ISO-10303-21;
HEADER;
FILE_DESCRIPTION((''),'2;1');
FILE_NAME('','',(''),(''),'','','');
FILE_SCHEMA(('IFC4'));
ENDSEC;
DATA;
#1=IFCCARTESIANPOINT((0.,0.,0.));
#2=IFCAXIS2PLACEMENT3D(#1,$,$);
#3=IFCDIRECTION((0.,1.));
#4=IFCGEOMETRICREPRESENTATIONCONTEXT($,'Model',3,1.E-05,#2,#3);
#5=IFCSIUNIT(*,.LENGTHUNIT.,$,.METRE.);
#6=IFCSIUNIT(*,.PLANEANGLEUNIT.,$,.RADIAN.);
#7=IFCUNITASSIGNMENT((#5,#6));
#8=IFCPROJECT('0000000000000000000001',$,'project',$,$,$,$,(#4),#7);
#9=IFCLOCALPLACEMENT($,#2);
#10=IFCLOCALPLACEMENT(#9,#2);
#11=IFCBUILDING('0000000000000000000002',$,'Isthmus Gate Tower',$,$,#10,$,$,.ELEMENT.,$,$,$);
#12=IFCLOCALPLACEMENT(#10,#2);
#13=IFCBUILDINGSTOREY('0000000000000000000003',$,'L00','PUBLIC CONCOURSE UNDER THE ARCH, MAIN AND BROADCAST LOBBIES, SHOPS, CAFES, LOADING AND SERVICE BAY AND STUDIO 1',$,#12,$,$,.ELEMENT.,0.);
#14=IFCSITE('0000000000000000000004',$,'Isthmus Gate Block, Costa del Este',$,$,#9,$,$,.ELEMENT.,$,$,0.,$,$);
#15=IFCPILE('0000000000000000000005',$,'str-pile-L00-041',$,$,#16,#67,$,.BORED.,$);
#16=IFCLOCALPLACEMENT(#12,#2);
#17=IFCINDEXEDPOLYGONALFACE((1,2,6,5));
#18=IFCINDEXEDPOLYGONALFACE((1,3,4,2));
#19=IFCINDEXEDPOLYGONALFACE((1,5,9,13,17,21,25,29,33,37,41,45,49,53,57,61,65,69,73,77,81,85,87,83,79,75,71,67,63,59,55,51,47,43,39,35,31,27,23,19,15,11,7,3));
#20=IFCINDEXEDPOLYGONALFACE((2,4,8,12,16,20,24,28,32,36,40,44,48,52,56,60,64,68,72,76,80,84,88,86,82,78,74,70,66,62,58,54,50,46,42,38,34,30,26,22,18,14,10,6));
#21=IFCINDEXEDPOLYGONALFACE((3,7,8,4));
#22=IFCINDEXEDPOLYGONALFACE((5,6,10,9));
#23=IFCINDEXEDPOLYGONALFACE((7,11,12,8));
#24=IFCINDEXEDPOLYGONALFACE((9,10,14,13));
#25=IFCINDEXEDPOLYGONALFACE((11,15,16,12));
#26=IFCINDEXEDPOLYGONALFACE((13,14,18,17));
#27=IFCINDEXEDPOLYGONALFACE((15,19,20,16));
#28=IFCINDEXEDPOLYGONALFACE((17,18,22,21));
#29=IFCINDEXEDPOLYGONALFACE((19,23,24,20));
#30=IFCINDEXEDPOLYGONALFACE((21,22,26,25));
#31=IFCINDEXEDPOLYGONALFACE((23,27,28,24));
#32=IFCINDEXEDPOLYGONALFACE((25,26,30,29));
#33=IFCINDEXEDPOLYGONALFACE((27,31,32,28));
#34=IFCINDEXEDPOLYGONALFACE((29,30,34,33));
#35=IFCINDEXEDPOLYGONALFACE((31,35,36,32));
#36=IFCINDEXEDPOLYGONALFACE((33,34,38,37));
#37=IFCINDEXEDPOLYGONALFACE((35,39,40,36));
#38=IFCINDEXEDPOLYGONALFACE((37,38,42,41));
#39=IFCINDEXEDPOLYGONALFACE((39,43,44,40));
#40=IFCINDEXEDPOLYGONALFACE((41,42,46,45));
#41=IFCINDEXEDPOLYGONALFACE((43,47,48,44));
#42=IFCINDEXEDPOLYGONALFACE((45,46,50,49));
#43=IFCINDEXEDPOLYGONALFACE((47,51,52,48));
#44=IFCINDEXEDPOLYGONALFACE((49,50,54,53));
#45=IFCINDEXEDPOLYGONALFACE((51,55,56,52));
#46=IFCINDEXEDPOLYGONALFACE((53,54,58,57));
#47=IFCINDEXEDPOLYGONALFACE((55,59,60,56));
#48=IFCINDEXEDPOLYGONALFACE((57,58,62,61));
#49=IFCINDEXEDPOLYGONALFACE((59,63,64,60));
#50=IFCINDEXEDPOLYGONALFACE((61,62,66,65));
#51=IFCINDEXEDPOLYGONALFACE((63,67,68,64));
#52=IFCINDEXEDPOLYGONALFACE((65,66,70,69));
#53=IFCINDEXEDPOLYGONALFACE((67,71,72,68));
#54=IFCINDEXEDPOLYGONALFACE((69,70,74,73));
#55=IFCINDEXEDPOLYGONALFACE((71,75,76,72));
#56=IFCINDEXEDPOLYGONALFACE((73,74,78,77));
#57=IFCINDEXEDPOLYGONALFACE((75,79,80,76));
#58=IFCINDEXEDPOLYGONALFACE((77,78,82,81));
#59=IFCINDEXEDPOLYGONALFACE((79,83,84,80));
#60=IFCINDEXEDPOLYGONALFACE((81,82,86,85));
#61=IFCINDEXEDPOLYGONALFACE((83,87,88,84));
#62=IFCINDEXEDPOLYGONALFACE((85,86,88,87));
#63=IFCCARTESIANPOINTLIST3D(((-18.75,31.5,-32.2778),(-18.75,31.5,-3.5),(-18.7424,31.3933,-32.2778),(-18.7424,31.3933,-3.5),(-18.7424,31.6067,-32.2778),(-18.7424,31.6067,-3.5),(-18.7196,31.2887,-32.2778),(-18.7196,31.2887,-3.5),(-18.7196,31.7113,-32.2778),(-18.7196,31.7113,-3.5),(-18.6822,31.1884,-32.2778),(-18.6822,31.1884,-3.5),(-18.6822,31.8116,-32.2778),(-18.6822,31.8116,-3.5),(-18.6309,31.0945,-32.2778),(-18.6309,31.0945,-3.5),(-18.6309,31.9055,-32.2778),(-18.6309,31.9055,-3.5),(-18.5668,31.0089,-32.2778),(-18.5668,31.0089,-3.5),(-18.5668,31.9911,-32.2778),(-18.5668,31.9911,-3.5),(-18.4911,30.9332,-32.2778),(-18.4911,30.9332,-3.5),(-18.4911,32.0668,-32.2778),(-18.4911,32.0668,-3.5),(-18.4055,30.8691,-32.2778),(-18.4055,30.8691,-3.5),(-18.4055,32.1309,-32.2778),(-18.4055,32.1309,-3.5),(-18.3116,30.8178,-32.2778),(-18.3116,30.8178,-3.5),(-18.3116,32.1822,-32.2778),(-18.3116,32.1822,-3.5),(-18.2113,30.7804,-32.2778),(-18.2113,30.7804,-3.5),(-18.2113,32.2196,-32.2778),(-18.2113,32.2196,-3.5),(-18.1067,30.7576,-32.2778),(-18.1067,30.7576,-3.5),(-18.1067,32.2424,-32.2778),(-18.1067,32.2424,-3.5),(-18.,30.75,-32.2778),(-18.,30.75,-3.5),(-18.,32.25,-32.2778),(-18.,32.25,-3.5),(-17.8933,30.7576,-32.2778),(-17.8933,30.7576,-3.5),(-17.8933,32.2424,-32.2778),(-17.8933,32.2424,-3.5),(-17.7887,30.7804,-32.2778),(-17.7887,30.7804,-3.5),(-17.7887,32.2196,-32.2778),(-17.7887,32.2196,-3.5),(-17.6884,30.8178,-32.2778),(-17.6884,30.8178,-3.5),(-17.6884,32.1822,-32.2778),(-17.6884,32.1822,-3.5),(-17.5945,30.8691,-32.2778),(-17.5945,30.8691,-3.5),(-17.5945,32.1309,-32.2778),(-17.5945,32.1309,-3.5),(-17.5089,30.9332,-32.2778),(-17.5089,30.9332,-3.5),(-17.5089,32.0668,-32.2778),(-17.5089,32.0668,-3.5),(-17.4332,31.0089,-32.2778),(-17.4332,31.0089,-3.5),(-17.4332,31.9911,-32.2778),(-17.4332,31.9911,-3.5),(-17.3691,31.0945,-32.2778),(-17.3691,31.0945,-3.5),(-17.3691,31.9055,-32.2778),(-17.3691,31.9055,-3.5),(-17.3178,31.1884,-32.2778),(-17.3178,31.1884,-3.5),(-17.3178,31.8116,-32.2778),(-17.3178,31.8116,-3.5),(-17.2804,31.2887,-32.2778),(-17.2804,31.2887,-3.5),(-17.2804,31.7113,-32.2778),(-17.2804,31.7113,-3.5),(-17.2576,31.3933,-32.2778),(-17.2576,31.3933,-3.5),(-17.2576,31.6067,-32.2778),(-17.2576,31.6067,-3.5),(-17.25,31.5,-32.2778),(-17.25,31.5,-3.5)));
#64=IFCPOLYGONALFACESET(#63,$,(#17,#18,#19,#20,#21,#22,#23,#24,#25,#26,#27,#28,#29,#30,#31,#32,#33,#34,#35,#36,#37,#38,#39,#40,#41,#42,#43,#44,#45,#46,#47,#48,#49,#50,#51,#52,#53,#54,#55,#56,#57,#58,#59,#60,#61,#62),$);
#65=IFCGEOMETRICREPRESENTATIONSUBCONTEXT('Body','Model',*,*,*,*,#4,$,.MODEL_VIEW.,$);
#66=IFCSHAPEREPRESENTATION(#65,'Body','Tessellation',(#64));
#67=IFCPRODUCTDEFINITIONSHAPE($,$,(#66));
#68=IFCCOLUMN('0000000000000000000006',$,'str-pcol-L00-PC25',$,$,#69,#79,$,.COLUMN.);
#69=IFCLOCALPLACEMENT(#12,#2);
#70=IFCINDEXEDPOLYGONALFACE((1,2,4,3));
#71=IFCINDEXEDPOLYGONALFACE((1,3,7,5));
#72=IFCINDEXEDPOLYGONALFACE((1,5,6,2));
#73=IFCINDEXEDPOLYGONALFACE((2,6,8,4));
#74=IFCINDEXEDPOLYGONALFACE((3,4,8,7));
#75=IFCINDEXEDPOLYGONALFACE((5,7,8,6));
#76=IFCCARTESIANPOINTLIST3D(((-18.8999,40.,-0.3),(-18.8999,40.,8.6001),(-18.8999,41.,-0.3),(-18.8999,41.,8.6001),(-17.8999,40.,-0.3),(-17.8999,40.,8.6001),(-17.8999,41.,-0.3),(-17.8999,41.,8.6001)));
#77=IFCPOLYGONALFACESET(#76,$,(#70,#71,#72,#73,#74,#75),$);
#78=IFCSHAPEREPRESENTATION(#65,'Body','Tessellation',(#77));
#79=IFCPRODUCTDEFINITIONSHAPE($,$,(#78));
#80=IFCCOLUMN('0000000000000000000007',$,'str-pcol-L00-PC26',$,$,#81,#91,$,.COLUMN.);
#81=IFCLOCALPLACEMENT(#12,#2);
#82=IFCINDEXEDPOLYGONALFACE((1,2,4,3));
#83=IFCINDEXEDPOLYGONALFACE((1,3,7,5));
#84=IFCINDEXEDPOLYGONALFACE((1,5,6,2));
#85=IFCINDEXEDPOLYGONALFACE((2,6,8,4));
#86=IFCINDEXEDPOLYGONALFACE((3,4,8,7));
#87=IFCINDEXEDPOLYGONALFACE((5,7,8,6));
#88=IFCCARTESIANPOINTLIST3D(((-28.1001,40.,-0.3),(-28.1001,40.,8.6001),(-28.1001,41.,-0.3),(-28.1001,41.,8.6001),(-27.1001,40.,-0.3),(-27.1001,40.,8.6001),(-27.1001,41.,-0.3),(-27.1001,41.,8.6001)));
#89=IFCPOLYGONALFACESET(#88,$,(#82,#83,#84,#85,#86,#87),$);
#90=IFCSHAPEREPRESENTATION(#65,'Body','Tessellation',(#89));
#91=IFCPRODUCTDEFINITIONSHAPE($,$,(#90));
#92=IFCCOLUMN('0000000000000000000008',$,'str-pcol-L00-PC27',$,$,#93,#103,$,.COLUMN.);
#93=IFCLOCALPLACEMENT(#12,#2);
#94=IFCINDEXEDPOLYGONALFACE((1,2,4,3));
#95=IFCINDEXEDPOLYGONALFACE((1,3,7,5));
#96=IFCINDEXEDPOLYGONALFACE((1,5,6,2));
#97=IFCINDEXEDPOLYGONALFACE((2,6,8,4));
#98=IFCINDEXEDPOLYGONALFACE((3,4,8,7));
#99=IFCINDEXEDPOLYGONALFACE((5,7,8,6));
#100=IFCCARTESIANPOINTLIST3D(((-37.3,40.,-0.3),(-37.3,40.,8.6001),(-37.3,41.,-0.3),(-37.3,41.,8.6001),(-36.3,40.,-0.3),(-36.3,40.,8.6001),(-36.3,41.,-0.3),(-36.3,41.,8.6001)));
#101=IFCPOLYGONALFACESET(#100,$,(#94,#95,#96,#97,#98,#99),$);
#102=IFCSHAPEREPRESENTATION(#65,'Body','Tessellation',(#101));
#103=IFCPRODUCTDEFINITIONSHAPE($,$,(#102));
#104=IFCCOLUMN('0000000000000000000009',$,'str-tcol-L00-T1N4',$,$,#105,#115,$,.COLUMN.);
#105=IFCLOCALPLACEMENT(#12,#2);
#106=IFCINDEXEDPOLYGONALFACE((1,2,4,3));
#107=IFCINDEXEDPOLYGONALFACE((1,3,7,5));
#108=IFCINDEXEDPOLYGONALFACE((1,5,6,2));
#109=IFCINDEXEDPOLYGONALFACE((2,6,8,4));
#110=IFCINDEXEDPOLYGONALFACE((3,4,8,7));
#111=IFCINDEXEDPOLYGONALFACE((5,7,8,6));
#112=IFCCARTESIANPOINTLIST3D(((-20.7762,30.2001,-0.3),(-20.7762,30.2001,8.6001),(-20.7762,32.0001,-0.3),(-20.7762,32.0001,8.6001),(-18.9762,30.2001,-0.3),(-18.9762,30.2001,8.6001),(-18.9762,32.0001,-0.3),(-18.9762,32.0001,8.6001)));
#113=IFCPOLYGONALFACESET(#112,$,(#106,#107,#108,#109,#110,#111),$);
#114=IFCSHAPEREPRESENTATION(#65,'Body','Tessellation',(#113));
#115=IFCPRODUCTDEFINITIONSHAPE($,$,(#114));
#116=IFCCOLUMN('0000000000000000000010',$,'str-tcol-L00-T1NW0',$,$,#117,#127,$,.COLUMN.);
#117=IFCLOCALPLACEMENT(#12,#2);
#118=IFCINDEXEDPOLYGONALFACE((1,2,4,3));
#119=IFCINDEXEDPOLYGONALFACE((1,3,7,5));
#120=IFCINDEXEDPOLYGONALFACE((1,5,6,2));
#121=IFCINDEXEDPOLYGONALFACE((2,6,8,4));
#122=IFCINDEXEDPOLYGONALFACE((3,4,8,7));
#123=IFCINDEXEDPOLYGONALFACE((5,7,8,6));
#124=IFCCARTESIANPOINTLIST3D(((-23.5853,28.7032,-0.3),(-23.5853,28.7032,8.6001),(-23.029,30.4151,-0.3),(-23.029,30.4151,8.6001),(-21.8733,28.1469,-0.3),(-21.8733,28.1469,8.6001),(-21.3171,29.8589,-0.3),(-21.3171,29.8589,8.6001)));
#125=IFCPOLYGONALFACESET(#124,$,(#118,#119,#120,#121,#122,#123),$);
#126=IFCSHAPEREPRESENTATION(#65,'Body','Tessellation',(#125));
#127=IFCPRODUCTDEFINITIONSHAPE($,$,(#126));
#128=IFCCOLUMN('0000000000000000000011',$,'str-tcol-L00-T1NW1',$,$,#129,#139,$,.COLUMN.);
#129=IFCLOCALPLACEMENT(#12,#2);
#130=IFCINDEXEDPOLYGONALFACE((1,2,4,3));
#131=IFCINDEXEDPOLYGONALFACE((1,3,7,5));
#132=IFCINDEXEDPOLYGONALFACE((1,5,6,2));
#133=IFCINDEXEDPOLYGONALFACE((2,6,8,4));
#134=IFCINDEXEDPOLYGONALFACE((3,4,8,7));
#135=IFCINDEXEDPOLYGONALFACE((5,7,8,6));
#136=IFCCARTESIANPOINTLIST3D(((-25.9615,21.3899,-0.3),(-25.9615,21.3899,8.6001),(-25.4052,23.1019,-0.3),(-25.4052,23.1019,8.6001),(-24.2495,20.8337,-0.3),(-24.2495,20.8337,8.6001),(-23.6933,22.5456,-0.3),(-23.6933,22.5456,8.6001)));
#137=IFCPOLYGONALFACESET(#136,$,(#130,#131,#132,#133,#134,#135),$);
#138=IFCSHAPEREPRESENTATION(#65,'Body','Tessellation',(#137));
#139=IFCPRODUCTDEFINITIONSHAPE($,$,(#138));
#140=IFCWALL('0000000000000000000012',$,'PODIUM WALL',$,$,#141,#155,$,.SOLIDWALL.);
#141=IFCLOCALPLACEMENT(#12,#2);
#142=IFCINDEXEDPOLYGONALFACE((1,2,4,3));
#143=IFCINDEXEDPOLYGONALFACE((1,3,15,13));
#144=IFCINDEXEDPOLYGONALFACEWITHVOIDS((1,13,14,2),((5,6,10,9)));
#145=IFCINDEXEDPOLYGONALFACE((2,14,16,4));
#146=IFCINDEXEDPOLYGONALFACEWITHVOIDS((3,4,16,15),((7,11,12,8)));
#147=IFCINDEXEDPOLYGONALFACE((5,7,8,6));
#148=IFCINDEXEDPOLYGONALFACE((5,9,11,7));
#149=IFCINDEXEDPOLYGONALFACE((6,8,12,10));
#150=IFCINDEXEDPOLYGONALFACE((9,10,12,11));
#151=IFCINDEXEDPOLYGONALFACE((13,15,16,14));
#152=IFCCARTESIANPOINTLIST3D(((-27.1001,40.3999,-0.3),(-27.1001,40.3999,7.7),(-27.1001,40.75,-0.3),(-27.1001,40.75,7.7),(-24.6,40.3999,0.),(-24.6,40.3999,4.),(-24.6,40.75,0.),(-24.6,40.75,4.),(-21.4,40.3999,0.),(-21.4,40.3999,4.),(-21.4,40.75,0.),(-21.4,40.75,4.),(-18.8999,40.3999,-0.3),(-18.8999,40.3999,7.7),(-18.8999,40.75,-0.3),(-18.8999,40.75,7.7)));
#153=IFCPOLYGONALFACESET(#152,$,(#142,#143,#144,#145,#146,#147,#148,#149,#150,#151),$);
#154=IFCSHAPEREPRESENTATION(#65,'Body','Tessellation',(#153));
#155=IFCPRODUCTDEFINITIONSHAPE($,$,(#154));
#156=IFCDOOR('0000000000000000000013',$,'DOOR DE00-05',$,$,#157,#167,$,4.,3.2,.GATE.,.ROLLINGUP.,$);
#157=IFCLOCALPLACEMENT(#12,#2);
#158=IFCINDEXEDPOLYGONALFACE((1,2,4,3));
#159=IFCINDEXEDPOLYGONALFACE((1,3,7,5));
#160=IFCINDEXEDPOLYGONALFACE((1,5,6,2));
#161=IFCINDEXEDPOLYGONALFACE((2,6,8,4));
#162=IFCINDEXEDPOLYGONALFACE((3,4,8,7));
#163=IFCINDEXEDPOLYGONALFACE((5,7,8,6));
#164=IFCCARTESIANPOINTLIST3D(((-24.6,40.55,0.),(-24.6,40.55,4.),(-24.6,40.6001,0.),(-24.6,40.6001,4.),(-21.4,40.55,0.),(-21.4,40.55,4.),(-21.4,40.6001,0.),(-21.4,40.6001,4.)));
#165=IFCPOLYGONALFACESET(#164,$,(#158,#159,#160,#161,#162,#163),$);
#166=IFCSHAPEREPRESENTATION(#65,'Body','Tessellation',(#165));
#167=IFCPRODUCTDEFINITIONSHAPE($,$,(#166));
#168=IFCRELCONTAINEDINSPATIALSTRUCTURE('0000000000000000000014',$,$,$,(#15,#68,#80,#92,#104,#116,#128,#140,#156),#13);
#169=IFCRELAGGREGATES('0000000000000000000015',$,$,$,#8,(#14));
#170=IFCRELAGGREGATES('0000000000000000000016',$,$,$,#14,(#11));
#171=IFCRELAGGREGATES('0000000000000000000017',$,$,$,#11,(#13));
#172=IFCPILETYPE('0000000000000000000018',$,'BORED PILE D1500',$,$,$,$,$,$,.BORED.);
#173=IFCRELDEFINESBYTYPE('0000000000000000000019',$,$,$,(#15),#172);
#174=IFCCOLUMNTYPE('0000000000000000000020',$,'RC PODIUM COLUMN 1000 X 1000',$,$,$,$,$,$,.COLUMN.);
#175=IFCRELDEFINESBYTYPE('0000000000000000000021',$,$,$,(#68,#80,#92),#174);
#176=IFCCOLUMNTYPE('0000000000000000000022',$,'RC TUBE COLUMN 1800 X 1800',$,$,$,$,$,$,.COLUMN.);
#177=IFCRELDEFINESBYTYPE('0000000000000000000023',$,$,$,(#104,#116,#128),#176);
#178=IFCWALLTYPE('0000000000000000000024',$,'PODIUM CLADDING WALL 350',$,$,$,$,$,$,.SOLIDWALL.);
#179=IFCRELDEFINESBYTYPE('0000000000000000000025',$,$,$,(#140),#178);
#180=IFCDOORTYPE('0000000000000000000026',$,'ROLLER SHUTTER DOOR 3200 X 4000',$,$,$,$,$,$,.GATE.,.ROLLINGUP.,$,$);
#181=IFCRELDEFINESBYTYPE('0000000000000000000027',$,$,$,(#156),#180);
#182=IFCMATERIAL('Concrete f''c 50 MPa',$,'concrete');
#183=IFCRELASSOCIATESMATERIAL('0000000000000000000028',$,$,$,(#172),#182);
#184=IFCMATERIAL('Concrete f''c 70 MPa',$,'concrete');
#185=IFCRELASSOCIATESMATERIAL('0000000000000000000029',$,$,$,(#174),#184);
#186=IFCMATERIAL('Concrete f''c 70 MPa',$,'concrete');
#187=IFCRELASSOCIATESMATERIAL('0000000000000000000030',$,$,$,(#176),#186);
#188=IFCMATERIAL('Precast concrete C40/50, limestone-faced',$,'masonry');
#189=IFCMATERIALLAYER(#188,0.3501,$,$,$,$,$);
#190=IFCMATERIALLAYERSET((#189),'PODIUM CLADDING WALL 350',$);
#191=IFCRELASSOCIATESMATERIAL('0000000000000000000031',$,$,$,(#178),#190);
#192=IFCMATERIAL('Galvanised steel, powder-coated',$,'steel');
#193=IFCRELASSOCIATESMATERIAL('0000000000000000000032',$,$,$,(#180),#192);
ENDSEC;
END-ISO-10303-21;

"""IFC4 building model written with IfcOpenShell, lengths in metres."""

from ifc_helpers import new_model, si_unit, direction, frame, frame_2d, origin, origin_2d, place, context, subcontext, project, spatial, rectangle, circle, extrude, material, layer, layer_set, material_profile, profile_set, type_object, element, fill, save


model = new_model("IFC4")

# Units and contexts
model_context = context("Model", 3, precision=1e-05, world=origin(), true_north=direction((0.0, 1.0)))
body_context = subcontext(model_context, "Body", "Model", "MODEL_VIEW")
ifc_project = project(units=[si_unit("LENGTHUNIT", "METRE"), si_unit("PLANEANGLEUNIT", "RADIAN")], contexts=[model_context])

# Site, building, storey
site_placement = place(None, origin())
site = spatial("IfcSite", under=ifc_project, at=site_placement, Name="Isthmus Gate Block, Costa del Este", CompositionType="ELEMENT", RefElevation=0.0)
building_placement = place(site_placement, origin())
building = spatial("IfcBuilding", under=site, at=building_placement, Name="Isthmus Gate Tower", CompositionType="ELEMENT")
storey_placement = place(building_placement, origin())
storey = spatial("IfcBuildingStorey", under=building, at=storey_placement, Name="L00", Description="PUBLIC CONCOURSE UNDER THE ARCH, MAIN AND BROADCAST LOBBIES, SHOPS, CAFES, LOADING AND SERVICE BAY AND STUDIO 1", CompositionType="ELEMENT", Elevation=0.0)

# Pile
ifc_material_1 = material(Name="Concrete f'c 50 MPa", Category="concrete")
ifc_material_profile_1 = material_profile(ifc_material_1, circle(Radius=0.75, at=origin_2d()), Name="D1500")
ifc_profile_set_1 = profile_set([ifc_material_profile_1], Name="Concrete f'c 50 MPa")
pile_type_1 = type_object("IfcPileType", Name="BORED PILE D1500", PredefinedType="BORED", material=ifc_profile_set_1)
pile_1_placement = place(storey_placement, frame((-18.0, 31.5, -3.5), z_axis=(0.0, 0.0, -1.0), x_axis=(1.0, 0.0, 0.0)))
element("IfcPile", 1, at=pile_1_placement, inside=storey, type_object=pile_type_1, Name="str-pile-L00-041", PredefinedType="BORED", context=body_context, shape_type="SweptSolid", body=[
    extrude(circle(Radius=0.75, at=origin_2d()), origin(), (0.0, 0.0, 1.0), 28.7778),
])

# Columns
ifc_material_2 = material(Name="Concrete f'c 70 MPa", Category="concrete")
ifc_material_profile_2 = material_profile(ifc_material_2, rectangle(XDim=1.0, YDim=1.0, at=origin_2d()), Name="RC 1000X1000")
ifc_profile_set_2 = profile_set([ifc_material_profile_2], Name="Concrete f'c 70 MPa")
column_type_1 = type_object("IfcColumnType", Name="RC PODIUM COLUMN 1000 X 1000", PredefinedType="COLUMN", material=ifc_profile_set_2)
for number, where, z_axis, x_axis, name in (
    (2, (-18.3999, 40.5, -0.3), (0.0, 0.0, 1.0), (-1.0, 0.0, 0.0), "str-pcol-L00-PC25"),
    (3, (-27.6001, 40.5, -0.3), (0.0, 0.0, 1.0), (-1.0, 0.0, 0.0), "str-pcol-L00-PC26"),
    (4, (-36.8, 40.5, -0.3), (0.0, 0.0, 1.0), (-1.0, 0.0, 0.0), "str-pcol-L00-PC27"),
):
    element("IfcColumn", number, at=place(storey_placement, frame(where, z_axis=z_axis, x_axis=x_axis)), inside=storey, type_object=column_type_1, Name=name, PredefinedType="COLUMN", context=body_context, shape_type="SweptSolid", body=[
        extrude(rectangle(XDim=1.0, YDim=1.0, at=origin_2d()), origin(), (0.0, 0.0, 1.0), 8.9001),
    ])
ifc_material_3 = material(Name="Concrete f'c 70 MPa", Category="concrete")
ifc_material_profile_3 = material_profile(ifc_material_3, rectangle(XDim=1.8, YDim=1.8, at=origin_2d()), Name="RC 1800X1800")
ifc_profile_set_3 = profile_set([ifc_material_profile_3], Name="Concrete f'c 70 MPa")
column_type_2 = type_object("IfcColumnType", Name="RC TUBE COLUMN 1800 X 1800", PredefinedType="COLUMN", material=ifc_profile_set_3)
for number, where, z_axis, x_axis, name in (
    (5, (-19.8762, 31.1001, -0.3), (0.0, 0.0, 1.0), (-1.0, 0.0, 0.0), "str-tcol-L00-T1N4"),
    (6, (-22.4512, 29.281, -0.3), (0.0, 0.0, 1.0), (-0.309017, -0.951057, 0.0), "str-tcol-L00-T1NW0"),
    (7, (-24.8274, 21.9678, -0.3), (0.0, 0.0, 1.0), (-0.309017, -0.951057, 0.0), "str-tcol-L00-T1NW1"),
):
    element("IfcColumn", number, at=place(storey_placement, frame(where, z_axis=z_axis, x_axis=x_axis)), inside=storey, type_object=column_type_2, Name=name, PredefinedType="COLUMN", context=body_context, shape_type="SweptSolid", body=[
        extrude(rectangle(XDim=1.8, YDim=1.8, at=origin_2d()), origin(), (0.0, 0.0, 1.0), 8.9001),
    ])

# Wall, opening, door
ifc_material_4 = material(Name="Precast concrete C40/50, limestone-faced", Category="masonry")
ifc_layer_1 = layer(ifc_material_4, 0.3501)
ifc_layer_set_1 = layer_set([ifc_layer_1], Name="PODIUM CLADDING WALL 350")
wall_type_1 = type_object("IfcWallType", Name="PODIUM CLADDING WALL 350", PredefinedType="SOLIDWALL", material=ifc_layer_set_1)
wall_1_placement = place(storey_placement, frame((-18.8999, 40.575, -0.3), z_axis=(0.0, 0.0, 1.0), x_axis=(-1.0, 0.0, 0.0)))
wall_1 = element("IfcWall", 8, at=wall_1_placement, inside=storey, type_object=wall_type_1, Name="PODIUM WALL", PredefinedType="SOLIDWALL", context=body_context, shape_type="SweptSolid", body=[
    extrude(rectangle(XDim=8.2002, YDim=0.3501, at=frame_2d((4.1001, 0.0))), origin(), (0.0, 0.0, 1.0), 8.0),
])
opening_1_placement = place(wall_1_placement, frame((2.5, 0.0, 0.3)))
opening_1 = element("IfcOpeningElement", 9, at=opening_1_placement, cuts=wall_1, PredefinedType="OPENING", context=body_context, shape_type="SweptSolid", body=[
    extrude(rectangle(XDim=3.2, YDim=4.0, at=frame_2d((1.6001, 2.0))), frame((0.0, 0.1851, 0.0), z_axis=(0.0, -1.0, 0.0), x_axis=(1.0, 0.0, 0.0)), (0.0, 0.0, 1.0), 0.3701),
])
ifc_material_5 = material(Name="Galvanised steel, powder-coated", Category="steel")
door_type = type_object("IfcDoorType", Name="ROLLER SHUTTER DOOR 3200 X 4000", OperationType="ROLLINGUP", PredefinedType="GATE", material=ifc_material_5)
door_1_placement = place(opening_1_placement, origin())
door_1 = element("IfcDoor", 10, at=door_1_placement, inside=storey, type_object=door_type, Name="DOOR DE00-05", OperationType="ROLLINGUP", OverallHeight=4.0, OverallWidth=3.2, PredefinedType="GATE", context=body_context, shape_type="SweptSolid", body=[
    extrude(rectangle(XDim=3.2, YDim=4.0, at=frame_2d((1.6001, 2.0))), frame((0.0, 0.0249, 0.0), z_axis=(0.0, -1.0, 0.0), x_axis=(1.0, 0.0, 0.0)), (0.0, 0.0, 1.0), 0.05),
])
fill(opening_1, door_1)

save(model, "model.ifc")
